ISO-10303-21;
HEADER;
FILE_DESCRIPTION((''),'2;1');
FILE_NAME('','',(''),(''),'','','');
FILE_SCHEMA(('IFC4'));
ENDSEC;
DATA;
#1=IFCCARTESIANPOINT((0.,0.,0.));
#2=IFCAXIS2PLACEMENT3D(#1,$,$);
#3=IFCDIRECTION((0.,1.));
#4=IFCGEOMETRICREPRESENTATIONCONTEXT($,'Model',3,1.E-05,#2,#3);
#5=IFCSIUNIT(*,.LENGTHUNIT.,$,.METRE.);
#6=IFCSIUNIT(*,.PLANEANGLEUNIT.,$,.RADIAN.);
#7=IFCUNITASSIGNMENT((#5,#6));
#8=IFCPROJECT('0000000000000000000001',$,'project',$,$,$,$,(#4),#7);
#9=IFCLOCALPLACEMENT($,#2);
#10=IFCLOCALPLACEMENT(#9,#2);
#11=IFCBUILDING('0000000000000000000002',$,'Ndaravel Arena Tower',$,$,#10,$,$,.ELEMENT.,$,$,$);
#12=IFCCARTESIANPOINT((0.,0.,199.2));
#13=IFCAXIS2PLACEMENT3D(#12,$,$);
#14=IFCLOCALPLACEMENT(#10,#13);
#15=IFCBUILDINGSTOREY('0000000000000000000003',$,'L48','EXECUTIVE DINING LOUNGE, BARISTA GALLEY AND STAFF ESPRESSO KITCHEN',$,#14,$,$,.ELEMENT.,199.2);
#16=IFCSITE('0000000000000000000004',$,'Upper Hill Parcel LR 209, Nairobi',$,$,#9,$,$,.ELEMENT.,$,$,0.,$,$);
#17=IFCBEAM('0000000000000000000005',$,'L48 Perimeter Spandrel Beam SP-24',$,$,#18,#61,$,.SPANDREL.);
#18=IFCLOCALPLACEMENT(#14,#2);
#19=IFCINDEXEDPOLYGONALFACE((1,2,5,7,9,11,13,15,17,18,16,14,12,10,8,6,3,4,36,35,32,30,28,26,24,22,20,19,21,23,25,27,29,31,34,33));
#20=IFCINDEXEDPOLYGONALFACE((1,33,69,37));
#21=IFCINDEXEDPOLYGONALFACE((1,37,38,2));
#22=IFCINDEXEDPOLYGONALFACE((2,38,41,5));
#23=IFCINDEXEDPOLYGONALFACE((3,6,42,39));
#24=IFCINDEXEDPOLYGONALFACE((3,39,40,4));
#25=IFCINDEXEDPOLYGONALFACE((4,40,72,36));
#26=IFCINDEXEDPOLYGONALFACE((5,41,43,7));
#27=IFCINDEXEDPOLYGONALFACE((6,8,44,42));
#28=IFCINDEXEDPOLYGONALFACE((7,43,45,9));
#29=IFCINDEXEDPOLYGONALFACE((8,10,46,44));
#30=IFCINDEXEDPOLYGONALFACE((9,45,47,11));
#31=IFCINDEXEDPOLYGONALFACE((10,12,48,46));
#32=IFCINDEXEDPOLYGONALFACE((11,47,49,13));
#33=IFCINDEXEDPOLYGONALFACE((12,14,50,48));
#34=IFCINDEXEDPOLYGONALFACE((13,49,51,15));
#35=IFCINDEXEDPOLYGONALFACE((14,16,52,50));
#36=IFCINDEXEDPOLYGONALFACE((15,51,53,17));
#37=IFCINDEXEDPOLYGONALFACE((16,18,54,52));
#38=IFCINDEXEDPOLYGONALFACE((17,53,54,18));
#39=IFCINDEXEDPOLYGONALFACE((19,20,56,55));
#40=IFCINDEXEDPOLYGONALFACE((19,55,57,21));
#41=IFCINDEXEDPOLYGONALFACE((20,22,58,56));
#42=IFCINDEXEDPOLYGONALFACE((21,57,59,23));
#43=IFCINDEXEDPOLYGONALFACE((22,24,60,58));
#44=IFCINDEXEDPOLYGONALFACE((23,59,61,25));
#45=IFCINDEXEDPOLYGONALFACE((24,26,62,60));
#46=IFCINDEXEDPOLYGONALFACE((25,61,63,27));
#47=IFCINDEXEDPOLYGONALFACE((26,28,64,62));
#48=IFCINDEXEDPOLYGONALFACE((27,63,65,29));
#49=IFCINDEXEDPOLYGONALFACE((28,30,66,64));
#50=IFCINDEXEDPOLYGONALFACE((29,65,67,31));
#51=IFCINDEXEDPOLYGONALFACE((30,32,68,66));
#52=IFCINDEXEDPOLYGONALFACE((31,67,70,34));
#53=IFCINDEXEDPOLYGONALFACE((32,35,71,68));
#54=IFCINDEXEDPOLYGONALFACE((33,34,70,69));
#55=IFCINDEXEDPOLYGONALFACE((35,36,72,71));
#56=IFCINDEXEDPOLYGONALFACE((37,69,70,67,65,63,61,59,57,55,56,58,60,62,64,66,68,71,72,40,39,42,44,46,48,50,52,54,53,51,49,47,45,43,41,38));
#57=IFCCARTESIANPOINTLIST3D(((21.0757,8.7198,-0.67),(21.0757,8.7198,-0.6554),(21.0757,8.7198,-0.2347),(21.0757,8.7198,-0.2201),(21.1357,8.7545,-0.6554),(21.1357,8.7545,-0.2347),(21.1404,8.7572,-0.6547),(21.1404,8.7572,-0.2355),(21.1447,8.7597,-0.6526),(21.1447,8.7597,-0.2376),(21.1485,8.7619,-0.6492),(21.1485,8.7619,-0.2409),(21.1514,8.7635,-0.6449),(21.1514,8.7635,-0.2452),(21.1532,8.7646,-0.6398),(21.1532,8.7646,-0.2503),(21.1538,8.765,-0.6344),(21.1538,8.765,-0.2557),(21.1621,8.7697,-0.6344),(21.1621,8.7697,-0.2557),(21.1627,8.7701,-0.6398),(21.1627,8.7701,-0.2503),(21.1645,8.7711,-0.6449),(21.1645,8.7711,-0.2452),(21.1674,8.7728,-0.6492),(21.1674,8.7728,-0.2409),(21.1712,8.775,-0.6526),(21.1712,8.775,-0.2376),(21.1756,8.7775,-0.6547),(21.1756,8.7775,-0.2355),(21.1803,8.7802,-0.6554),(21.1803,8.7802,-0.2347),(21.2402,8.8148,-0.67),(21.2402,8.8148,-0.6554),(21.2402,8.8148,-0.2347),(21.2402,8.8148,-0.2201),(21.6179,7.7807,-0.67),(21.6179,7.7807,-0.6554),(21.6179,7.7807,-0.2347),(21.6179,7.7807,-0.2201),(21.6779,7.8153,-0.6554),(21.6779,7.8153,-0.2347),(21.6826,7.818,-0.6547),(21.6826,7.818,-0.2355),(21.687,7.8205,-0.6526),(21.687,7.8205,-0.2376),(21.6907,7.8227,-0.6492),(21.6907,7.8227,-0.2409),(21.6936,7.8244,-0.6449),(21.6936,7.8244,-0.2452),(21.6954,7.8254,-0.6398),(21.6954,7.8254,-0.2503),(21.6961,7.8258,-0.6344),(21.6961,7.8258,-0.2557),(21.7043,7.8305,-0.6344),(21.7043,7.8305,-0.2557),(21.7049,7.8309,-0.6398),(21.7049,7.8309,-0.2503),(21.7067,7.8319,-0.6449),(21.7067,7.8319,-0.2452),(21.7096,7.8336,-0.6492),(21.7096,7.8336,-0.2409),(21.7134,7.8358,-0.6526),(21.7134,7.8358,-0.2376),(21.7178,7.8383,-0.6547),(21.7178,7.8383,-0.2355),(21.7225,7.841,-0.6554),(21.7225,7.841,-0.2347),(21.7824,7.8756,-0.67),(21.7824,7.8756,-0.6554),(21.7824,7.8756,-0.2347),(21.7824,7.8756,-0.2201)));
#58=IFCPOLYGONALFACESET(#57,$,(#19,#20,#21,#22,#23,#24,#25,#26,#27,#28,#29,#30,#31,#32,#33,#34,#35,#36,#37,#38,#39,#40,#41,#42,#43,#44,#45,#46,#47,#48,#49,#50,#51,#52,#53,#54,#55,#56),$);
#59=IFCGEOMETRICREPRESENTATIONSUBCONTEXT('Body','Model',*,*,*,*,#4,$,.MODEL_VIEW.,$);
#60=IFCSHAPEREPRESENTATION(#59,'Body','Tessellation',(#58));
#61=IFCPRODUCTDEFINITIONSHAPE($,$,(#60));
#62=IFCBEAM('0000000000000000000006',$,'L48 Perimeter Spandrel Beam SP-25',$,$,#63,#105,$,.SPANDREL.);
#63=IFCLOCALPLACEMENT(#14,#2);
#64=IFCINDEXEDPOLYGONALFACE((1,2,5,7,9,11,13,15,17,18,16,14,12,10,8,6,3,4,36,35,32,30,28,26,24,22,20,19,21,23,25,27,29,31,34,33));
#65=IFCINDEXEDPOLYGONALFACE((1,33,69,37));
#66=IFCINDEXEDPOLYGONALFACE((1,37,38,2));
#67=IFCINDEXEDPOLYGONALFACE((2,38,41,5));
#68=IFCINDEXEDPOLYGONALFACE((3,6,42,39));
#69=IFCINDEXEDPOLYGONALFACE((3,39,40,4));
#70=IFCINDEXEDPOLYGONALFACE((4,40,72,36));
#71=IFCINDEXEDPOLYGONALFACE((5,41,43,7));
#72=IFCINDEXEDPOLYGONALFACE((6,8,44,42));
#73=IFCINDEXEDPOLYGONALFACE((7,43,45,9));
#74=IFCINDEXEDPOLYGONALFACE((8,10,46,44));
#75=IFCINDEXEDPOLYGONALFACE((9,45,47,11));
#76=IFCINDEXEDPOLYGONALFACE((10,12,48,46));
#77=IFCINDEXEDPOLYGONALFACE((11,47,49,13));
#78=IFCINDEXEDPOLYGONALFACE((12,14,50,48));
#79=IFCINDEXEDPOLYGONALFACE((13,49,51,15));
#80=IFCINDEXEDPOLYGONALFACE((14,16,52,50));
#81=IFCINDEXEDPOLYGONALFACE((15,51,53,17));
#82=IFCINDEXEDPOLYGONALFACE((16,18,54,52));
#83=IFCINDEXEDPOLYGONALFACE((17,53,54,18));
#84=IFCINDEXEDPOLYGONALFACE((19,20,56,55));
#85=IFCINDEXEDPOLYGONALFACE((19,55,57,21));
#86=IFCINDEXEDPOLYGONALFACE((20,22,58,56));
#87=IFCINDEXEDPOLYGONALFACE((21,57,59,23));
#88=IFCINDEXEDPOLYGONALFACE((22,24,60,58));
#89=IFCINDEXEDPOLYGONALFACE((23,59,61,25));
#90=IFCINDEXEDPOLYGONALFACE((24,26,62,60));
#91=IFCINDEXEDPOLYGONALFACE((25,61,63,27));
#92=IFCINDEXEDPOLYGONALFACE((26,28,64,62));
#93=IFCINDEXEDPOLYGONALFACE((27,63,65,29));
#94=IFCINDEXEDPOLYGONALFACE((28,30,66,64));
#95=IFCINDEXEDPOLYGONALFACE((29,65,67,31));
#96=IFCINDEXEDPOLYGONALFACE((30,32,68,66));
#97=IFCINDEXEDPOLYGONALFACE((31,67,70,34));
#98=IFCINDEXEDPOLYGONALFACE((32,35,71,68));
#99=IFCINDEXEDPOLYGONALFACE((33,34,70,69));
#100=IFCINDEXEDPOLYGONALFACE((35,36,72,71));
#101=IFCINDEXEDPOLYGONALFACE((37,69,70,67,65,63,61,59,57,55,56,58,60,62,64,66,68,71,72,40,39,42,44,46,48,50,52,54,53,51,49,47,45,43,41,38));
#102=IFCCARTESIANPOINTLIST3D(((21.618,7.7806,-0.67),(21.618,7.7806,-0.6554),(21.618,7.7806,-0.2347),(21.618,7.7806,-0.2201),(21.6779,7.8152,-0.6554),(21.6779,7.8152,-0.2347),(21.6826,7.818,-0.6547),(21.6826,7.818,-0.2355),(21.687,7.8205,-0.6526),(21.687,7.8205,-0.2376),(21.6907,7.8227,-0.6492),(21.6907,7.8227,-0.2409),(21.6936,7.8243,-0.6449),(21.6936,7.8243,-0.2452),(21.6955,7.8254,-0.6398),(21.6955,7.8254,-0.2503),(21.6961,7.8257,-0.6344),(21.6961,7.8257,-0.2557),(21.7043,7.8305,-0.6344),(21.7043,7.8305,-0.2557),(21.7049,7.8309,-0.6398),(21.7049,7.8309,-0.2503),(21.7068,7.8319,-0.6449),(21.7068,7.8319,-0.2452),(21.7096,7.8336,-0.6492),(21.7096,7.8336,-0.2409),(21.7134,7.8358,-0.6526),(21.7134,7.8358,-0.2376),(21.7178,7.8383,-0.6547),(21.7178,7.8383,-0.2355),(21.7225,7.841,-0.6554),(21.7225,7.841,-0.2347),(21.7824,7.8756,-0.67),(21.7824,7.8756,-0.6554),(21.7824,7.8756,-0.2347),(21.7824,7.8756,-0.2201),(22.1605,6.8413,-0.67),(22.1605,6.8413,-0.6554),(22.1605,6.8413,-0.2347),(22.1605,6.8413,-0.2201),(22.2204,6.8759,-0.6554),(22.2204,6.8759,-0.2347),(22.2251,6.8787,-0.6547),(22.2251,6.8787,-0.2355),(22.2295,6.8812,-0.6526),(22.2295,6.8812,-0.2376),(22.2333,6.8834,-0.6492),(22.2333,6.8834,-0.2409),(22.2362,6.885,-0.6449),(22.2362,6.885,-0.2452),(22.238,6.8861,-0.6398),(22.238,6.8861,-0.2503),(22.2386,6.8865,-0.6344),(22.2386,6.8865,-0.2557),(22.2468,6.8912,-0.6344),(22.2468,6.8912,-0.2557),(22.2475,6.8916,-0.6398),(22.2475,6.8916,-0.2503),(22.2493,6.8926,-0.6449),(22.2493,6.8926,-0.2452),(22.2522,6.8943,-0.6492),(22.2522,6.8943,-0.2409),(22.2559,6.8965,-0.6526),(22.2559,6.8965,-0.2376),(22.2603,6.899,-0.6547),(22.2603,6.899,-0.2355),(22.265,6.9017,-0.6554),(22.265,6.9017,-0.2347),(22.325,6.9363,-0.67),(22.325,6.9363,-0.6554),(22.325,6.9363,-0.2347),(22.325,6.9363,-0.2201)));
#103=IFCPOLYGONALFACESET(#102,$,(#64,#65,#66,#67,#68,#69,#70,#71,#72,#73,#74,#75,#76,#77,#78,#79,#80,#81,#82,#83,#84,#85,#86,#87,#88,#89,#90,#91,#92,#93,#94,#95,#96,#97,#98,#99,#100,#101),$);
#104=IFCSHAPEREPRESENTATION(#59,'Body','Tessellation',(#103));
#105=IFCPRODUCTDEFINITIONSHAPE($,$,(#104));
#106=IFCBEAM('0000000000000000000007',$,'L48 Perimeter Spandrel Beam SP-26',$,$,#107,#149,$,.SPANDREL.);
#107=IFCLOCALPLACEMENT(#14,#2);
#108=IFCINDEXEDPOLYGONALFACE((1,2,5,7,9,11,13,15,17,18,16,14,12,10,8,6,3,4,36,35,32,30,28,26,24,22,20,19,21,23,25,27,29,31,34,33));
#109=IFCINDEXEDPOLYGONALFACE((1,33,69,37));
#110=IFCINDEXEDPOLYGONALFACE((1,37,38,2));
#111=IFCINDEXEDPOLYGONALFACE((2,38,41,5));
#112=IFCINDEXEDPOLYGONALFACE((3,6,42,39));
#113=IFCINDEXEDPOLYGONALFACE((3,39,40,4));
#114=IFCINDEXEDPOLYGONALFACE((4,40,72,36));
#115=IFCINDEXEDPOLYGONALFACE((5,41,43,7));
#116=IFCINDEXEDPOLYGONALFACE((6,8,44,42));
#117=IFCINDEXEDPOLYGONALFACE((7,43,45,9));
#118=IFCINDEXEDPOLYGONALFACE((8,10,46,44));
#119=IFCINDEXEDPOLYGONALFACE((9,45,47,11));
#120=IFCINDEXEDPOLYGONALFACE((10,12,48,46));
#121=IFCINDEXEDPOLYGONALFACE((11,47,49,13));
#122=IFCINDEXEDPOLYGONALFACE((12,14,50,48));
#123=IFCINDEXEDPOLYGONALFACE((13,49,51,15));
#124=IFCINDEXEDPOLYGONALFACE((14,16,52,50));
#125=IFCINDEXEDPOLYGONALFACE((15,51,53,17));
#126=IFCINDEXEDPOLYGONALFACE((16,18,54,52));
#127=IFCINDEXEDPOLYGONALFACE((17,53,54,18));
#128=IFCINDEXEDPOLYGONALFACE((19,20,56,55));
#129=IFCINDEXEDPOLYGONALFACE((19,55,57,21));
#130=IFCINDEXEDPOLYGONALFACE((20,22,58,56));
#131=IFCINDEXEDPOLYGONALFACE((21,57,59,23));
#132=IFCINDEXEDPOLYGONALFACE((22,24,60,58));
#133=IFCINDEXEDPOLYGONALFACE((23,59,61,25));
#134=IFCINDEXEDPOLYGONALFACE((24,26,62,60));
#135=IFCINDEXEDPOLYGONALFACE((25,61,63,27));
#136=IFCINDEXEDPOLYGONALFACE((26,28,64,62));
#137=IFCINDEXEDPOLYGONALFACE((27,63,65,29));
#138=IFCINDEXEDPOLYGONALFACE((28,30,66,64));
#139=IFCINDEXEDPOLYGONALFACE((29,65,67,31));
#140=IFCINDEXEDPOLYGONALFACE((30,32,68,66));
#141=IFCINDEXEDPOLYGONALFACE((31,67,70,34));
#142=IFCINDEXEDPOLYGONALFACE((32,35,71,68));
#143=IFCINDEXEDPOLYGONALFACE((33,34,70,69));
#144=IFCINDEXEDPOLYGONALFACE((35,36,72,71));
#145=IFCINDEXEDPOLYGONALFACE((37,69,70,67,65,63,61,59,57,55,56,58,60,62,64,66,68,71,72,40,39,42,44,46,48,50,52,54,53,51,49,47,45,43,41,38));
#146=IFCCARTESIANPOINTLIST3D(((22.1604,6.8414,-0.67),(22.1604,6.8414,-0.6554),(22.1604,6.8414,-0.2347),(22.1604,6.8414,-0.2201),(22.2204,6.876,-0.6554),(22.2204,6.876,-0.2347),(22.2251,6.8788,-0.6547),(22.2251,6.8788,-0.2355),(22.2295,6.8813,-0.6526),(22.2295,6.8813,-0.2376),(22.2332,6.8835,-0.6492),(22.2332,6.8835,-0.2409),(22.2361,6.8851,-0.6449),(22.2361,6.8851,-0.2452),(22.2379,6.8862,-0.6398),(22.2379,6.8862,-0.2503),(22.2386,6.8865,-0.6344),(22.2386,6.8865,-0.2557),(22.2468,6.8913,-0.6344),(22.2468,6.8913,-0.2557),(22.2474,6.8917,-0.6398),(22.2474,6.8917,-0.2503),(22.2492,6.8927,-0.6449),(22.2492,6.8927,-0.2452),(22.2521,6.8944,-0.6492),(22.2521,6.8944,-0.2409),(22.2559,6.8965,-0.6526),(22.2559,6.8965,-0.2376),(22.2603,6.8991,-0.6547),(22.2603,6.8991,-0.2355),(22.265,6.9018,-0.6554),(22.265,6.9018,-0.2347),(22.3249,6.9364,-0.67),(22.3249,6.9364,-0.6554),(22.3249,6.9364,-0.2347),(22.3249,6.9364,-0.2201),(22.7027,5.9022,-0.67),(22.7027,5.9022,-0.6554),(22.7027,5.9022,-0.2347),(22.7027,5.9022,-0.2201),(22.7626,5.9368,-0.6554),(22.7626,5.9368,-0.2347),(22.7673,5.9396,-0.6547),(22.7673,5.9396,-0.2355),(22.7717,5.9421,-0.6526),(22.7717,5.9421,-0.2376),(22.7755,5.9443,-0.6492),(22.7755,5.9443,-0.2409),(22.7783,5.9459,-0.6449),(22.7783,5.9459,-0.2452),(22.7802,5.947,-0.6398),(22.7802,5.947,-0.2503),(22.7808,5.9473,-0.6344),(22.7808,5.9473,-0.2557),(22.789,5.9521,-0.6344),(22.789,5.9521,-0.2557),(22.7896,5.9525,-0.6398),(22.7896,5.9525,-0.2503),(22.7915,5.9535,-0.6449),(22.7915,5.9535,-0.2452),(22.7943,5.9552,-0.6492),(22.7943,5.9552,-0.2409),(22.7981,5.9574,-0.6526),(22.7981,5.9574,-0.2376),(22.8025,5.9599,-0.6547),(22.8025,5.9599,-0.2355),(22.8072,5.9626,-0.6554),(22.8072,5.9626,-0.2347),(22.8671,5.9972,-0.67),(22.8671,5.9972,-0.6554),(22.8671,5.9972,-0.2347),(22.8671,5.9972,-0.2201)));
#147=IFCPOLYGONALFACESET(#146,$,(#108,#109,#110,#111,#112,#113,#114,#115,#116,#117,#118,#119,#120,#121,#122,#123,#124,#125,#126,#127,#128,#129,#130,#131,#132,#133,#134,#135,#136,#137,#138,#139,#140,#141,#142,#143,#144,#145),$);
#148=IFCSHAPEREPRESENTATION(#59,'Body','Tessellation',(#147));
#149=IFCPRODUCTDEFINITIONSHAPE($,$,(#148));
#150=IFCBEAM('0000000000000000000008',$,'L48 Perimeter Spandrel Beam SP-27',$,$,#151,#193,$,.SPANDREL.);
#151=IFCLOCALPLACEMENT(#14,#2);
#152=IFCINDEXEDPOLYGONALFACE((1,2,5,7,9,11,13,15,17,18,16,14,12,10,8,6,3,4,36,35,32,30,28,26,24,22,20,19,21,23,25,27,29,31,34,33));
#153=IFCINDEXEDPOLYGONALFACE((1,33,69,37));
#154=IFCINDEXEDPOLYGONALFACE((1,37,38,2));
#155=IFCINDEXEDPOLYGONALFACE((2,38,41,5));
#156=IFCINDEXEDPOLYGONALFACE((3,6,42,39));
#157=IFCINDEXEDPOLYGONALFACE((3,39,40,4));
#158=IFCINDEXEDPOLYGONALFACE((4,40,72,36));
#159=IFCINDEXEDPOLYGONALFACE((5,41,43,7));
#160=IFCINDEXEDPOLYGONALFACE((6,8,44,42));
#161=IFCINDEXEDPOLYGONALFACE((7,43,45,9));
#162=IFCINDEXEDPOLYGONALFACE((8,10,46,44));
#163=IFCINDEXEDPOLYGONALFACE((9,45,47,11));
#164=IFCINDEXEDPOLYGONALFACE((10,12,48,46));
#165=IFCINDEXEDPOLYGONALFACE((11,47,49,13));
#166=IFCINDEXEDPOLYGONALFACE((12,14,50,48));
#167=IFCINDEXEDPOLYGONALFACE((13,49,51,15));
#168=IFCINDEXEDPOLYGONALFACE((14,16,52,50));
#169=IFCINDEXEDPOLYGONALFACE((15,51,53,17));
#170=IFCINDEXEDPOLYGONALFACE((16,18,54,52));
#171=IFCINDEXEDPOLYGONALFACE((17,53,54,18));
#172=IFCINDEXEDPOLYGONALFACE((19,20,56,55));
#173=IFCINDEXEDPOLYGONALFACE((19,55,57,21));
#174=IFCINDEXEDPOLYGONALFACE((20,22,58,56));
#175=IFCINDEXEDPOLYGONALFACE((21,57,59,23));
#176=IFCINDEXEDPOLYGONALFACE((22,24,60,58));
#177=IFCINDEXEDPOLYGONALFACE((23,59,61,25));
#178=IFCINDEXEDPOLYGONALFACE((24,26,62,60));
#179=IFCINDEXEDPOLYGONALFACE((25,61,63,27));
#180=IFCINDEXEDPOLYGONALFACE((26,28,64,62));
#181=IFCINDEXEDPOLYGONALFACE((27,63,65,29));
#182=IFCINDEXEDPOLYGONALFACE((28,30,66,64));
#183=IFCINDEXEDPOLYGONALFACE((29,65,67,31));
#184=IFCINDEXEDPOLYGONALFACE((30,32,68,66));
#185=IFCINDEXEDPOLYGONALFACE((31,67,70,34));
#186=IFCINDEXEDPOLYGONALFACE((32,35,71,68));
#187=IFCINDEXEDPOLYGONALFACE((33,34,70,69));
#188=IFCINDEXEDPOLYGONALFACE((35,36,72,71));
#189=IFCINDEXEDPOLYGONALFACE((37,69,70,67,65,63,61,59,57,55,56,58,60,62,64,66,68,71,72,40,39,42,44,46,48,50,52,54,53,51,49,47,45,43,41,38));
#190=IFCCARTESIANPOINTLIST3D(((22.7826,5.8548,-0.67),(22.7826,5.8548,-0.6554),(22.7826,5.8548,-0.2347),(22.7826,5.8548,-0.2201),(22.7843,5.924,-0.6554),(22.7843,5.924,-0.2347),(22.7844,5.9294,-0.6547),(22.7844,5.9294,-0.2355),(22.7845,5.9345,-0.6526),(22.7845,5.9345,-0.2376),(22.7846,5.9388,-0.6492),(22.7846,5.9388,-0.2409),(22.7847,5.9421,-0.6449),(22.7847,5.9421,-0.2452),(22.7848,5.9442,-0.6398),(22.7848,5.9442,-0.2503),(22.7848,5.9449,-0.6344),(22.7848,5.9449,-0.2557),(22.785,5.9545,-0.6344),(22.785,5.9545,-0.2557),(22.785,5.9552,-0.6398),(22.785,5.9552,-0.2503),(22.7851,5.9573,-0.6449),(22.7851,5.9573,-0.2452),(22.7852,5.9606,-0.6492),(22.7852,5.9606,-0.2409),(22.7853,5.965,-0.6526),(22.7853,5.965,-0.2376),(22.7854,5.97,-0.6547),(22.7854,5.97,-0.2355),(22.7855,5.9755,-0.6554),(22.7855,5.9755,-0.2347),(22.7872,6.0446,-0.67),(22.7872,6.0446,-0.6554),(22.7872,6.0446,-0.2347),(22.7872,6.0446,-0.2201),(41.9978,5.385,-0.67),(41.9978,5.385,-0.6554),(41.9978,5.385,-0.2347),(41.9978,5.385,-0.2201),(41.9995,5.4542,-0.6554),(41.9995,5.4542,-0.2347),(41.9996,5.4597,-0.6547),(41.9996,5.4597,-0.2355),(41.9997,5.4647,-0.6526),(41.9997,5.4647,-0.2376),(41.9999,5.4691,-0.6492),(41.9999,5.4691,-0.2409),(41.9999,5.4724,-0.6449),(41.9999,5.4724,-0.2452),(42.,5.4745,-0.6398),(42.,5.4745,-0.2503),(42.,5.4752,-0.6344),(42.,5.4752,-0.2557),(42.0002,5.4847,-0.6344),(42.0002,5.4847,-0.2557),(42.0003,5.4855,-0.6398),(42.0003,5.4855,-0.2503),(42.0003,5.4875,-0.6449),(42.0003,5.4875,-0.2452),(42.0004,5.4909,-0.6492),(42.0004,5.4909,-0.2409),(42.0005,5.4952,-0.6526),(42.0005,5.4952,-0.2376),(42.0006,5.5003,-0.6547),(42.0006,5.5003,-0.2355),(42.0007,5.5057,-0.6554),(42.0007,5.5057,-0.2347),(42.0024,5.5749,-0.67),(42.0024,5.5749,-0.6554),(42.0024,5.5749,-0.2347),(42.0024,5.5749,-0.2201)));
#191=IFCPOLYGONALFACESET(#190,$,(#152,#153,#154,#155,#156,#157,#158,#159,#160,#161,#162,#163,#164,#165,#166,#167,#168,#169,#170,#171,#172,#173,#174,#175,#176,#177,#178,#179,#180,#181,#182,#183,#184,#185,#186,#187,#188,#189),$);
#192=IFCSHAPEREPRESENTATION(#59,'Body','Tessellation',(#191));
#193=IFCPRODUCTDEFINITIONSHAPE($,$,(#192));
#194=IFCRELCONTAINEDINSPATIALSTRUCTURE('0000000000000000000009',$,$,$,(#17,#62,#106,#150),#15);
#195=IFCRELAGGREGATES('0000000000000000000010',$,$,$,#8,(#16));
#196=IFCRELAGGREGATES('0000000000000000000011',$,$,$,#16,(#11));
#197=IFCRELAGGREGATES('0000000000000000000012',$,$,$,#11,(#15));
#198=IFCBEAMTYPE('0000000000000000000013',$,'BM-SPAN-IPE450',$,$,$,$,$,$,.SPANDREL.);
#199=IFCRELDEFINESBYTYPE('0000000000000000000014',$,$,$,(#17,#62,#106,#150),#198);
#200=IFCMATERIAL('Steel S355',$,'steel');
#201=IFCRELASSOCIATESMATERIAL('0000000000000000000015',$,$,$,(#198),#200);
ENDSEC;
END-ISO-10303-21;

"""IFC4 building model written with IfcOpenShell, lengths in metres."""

from ifc_helpers import new_model, si_unit, direction, frame, origin, origin_2d, place, context, subcontext, project, spatial, i_section, extrude, material, material_profile, profile_set, type_object, element, save


model = new_model("IFC4")

# Units and contexts
model_context = context("Model", 3, precision=1e-05, world=origin(), true_north=direction((0.0, 1.0)))
body_context = subcontext(model_context, "Body", "Model", "MODEL_VIEW")
ifc_project = project(units=[si_unit("LENGTHUNIT", "METRE"), si_unit("PLANEANGLEUNIT", "RADIAN")], contexts=[model_context])

# Site, building, storey
site_placement = place(None, origin())
site = spatial("IfcSite", under=ifc_project, at=site_placement, Name="Upper Hill Parcel LR 209, Nairobi", CompositionType="ELEMENT", RefElevation=0.0)
building_placement = place(site_placement, origin())
building = spatial("IfcBuilding", under=site, at=building_placement, Name="Ndaravel Arena Tower", CompositionType="ELEMENT")
storey_placement = place(building_placement, frame((0.0, 0.0, 199.2)))
storey = spatial("IfcBuildingStorey", under=building, at=storey_placement, Name="L48", Description="EXECUTIVE DINING LOUNGE, BARISTA GALLEY AND STAFF ESPRESSO KITCHEN", CompositionType="ELEMENT", Elevation=199.2)

# Beams
ifc_material_1 = material(Name="Steel S355", Category="steel")
ifc_material_profile_1 = material_profile(ifc_material_1, i_section(OverallWidth=0.1899, OverallDepth=0.45, WebThickness=0.0095, FlangeThickness=0.0146, FilletRadius=0.021, at=origin_2d()), Name="IPE 450")
ifc_profile_set_1 = profile_set([ifc_material_profile_1], Name="Steel S355")
beam_type = type_object("IfcBeamType", Name="BM-SPAN-IPE450", PredefinedType="SPANDREL", material=ifc_profile_set_1)
beam_1_placement = place(storey_placement, frame((21.158, 8.7673, -0.4451), z_axis=(0.499989, -0.866032, 0.0), x_axis=(0.866032, 0.499989, 0.0)))
element("IfcBeam", 1, at=beam_1_placement, inside=storey, type_object=beam_type, Name="L48 Perimeter Spandrel Beam SP-24", PredefinedType="SPANDREL", context=body_context, shape_type="SweptSolid", body=[
    extrude(i_section(OverallWidth=0.1899, OverallDepth=0.45, WebThickness=0.0095, FlangeThickness=0.0146, FilletRadius=0.021, at=origin_2d()), origin(), (0.0, 0.0, 1.0), 1.0845),
])
beam_2_placement = place(storey_placement, frame((21.7002, 7.8281, -0.4451), z_axis=(0.500158, -0.865934, 0.0), x_axis=(0.865934, 0.500158, 0.0)))
element("IfcBeam", 2, at=beam_2_placement, inside=storey, type_object=beam_type, Name="L48 Perimeter Spandrel Beam SP-25", PredefinedType="SPANDREL", context=body_context, shape_type="SweptSolid", body=[
    extrude(i_section(OverallWidth=0.1899, OverallDepth=0.45, WebThickness=0.0095, FlangeThickness=0.0146, FilletRadius=0.021, at=origin_2d()), origin(), (0.0, 0.0, 1.0), 1.0847),
])
beam_3_placement = place(storey_placement, frame((22.2427, 6.8889, -0.4451), z_axis=(0.499989, -0.866032, 0.0), x_axis=(0.866032, 0.499989, 0.0)))
element("IfcBeam", 3, at=beam_3_placement, inside=storey, type_object=beam_type, Name="L48 Perimeter Spandrel Beam SP-26", PredefinedType="SPANDREL", context=body_context, shape_type="SweptSolid", body=[
    extrude(i_section(OverallWidth=0.1899, OverallDepth=0.45, WebThickness=0.0095, FlangeThickness=0.0146, FilletRadius=0.021, at=origin_2d()), origin(), (0.0, 0.0, 1.0), 1.0845),
])
beam_4_placement = place(storey_placement, frame((22.7849, 5.9497, -0.4451), z_axis=(0.999701, -0.024438, 0.0), x_axis=(0.024438, 0.999701, 0.0)))
element("IfcBeam", 4, at=beam_4_placement, inside=storey, type_object=beam_type, Name="L48 Perimeter Spandrel Beam SP-27", PredefinedType="SPANDREL", context=body_context, shape_type="SweptSolid", body=[
    extrude(i_section(OverallWidth=0.1899, OverallDepth=0.45, WebThickness=0.0095, FlangeThickness=0.0146, FilletRadius=0.021, at=origin_2d()), origin(), (0.0, 0.0, 1.0), 19.2209),
])

save(model, "model.ifc")
